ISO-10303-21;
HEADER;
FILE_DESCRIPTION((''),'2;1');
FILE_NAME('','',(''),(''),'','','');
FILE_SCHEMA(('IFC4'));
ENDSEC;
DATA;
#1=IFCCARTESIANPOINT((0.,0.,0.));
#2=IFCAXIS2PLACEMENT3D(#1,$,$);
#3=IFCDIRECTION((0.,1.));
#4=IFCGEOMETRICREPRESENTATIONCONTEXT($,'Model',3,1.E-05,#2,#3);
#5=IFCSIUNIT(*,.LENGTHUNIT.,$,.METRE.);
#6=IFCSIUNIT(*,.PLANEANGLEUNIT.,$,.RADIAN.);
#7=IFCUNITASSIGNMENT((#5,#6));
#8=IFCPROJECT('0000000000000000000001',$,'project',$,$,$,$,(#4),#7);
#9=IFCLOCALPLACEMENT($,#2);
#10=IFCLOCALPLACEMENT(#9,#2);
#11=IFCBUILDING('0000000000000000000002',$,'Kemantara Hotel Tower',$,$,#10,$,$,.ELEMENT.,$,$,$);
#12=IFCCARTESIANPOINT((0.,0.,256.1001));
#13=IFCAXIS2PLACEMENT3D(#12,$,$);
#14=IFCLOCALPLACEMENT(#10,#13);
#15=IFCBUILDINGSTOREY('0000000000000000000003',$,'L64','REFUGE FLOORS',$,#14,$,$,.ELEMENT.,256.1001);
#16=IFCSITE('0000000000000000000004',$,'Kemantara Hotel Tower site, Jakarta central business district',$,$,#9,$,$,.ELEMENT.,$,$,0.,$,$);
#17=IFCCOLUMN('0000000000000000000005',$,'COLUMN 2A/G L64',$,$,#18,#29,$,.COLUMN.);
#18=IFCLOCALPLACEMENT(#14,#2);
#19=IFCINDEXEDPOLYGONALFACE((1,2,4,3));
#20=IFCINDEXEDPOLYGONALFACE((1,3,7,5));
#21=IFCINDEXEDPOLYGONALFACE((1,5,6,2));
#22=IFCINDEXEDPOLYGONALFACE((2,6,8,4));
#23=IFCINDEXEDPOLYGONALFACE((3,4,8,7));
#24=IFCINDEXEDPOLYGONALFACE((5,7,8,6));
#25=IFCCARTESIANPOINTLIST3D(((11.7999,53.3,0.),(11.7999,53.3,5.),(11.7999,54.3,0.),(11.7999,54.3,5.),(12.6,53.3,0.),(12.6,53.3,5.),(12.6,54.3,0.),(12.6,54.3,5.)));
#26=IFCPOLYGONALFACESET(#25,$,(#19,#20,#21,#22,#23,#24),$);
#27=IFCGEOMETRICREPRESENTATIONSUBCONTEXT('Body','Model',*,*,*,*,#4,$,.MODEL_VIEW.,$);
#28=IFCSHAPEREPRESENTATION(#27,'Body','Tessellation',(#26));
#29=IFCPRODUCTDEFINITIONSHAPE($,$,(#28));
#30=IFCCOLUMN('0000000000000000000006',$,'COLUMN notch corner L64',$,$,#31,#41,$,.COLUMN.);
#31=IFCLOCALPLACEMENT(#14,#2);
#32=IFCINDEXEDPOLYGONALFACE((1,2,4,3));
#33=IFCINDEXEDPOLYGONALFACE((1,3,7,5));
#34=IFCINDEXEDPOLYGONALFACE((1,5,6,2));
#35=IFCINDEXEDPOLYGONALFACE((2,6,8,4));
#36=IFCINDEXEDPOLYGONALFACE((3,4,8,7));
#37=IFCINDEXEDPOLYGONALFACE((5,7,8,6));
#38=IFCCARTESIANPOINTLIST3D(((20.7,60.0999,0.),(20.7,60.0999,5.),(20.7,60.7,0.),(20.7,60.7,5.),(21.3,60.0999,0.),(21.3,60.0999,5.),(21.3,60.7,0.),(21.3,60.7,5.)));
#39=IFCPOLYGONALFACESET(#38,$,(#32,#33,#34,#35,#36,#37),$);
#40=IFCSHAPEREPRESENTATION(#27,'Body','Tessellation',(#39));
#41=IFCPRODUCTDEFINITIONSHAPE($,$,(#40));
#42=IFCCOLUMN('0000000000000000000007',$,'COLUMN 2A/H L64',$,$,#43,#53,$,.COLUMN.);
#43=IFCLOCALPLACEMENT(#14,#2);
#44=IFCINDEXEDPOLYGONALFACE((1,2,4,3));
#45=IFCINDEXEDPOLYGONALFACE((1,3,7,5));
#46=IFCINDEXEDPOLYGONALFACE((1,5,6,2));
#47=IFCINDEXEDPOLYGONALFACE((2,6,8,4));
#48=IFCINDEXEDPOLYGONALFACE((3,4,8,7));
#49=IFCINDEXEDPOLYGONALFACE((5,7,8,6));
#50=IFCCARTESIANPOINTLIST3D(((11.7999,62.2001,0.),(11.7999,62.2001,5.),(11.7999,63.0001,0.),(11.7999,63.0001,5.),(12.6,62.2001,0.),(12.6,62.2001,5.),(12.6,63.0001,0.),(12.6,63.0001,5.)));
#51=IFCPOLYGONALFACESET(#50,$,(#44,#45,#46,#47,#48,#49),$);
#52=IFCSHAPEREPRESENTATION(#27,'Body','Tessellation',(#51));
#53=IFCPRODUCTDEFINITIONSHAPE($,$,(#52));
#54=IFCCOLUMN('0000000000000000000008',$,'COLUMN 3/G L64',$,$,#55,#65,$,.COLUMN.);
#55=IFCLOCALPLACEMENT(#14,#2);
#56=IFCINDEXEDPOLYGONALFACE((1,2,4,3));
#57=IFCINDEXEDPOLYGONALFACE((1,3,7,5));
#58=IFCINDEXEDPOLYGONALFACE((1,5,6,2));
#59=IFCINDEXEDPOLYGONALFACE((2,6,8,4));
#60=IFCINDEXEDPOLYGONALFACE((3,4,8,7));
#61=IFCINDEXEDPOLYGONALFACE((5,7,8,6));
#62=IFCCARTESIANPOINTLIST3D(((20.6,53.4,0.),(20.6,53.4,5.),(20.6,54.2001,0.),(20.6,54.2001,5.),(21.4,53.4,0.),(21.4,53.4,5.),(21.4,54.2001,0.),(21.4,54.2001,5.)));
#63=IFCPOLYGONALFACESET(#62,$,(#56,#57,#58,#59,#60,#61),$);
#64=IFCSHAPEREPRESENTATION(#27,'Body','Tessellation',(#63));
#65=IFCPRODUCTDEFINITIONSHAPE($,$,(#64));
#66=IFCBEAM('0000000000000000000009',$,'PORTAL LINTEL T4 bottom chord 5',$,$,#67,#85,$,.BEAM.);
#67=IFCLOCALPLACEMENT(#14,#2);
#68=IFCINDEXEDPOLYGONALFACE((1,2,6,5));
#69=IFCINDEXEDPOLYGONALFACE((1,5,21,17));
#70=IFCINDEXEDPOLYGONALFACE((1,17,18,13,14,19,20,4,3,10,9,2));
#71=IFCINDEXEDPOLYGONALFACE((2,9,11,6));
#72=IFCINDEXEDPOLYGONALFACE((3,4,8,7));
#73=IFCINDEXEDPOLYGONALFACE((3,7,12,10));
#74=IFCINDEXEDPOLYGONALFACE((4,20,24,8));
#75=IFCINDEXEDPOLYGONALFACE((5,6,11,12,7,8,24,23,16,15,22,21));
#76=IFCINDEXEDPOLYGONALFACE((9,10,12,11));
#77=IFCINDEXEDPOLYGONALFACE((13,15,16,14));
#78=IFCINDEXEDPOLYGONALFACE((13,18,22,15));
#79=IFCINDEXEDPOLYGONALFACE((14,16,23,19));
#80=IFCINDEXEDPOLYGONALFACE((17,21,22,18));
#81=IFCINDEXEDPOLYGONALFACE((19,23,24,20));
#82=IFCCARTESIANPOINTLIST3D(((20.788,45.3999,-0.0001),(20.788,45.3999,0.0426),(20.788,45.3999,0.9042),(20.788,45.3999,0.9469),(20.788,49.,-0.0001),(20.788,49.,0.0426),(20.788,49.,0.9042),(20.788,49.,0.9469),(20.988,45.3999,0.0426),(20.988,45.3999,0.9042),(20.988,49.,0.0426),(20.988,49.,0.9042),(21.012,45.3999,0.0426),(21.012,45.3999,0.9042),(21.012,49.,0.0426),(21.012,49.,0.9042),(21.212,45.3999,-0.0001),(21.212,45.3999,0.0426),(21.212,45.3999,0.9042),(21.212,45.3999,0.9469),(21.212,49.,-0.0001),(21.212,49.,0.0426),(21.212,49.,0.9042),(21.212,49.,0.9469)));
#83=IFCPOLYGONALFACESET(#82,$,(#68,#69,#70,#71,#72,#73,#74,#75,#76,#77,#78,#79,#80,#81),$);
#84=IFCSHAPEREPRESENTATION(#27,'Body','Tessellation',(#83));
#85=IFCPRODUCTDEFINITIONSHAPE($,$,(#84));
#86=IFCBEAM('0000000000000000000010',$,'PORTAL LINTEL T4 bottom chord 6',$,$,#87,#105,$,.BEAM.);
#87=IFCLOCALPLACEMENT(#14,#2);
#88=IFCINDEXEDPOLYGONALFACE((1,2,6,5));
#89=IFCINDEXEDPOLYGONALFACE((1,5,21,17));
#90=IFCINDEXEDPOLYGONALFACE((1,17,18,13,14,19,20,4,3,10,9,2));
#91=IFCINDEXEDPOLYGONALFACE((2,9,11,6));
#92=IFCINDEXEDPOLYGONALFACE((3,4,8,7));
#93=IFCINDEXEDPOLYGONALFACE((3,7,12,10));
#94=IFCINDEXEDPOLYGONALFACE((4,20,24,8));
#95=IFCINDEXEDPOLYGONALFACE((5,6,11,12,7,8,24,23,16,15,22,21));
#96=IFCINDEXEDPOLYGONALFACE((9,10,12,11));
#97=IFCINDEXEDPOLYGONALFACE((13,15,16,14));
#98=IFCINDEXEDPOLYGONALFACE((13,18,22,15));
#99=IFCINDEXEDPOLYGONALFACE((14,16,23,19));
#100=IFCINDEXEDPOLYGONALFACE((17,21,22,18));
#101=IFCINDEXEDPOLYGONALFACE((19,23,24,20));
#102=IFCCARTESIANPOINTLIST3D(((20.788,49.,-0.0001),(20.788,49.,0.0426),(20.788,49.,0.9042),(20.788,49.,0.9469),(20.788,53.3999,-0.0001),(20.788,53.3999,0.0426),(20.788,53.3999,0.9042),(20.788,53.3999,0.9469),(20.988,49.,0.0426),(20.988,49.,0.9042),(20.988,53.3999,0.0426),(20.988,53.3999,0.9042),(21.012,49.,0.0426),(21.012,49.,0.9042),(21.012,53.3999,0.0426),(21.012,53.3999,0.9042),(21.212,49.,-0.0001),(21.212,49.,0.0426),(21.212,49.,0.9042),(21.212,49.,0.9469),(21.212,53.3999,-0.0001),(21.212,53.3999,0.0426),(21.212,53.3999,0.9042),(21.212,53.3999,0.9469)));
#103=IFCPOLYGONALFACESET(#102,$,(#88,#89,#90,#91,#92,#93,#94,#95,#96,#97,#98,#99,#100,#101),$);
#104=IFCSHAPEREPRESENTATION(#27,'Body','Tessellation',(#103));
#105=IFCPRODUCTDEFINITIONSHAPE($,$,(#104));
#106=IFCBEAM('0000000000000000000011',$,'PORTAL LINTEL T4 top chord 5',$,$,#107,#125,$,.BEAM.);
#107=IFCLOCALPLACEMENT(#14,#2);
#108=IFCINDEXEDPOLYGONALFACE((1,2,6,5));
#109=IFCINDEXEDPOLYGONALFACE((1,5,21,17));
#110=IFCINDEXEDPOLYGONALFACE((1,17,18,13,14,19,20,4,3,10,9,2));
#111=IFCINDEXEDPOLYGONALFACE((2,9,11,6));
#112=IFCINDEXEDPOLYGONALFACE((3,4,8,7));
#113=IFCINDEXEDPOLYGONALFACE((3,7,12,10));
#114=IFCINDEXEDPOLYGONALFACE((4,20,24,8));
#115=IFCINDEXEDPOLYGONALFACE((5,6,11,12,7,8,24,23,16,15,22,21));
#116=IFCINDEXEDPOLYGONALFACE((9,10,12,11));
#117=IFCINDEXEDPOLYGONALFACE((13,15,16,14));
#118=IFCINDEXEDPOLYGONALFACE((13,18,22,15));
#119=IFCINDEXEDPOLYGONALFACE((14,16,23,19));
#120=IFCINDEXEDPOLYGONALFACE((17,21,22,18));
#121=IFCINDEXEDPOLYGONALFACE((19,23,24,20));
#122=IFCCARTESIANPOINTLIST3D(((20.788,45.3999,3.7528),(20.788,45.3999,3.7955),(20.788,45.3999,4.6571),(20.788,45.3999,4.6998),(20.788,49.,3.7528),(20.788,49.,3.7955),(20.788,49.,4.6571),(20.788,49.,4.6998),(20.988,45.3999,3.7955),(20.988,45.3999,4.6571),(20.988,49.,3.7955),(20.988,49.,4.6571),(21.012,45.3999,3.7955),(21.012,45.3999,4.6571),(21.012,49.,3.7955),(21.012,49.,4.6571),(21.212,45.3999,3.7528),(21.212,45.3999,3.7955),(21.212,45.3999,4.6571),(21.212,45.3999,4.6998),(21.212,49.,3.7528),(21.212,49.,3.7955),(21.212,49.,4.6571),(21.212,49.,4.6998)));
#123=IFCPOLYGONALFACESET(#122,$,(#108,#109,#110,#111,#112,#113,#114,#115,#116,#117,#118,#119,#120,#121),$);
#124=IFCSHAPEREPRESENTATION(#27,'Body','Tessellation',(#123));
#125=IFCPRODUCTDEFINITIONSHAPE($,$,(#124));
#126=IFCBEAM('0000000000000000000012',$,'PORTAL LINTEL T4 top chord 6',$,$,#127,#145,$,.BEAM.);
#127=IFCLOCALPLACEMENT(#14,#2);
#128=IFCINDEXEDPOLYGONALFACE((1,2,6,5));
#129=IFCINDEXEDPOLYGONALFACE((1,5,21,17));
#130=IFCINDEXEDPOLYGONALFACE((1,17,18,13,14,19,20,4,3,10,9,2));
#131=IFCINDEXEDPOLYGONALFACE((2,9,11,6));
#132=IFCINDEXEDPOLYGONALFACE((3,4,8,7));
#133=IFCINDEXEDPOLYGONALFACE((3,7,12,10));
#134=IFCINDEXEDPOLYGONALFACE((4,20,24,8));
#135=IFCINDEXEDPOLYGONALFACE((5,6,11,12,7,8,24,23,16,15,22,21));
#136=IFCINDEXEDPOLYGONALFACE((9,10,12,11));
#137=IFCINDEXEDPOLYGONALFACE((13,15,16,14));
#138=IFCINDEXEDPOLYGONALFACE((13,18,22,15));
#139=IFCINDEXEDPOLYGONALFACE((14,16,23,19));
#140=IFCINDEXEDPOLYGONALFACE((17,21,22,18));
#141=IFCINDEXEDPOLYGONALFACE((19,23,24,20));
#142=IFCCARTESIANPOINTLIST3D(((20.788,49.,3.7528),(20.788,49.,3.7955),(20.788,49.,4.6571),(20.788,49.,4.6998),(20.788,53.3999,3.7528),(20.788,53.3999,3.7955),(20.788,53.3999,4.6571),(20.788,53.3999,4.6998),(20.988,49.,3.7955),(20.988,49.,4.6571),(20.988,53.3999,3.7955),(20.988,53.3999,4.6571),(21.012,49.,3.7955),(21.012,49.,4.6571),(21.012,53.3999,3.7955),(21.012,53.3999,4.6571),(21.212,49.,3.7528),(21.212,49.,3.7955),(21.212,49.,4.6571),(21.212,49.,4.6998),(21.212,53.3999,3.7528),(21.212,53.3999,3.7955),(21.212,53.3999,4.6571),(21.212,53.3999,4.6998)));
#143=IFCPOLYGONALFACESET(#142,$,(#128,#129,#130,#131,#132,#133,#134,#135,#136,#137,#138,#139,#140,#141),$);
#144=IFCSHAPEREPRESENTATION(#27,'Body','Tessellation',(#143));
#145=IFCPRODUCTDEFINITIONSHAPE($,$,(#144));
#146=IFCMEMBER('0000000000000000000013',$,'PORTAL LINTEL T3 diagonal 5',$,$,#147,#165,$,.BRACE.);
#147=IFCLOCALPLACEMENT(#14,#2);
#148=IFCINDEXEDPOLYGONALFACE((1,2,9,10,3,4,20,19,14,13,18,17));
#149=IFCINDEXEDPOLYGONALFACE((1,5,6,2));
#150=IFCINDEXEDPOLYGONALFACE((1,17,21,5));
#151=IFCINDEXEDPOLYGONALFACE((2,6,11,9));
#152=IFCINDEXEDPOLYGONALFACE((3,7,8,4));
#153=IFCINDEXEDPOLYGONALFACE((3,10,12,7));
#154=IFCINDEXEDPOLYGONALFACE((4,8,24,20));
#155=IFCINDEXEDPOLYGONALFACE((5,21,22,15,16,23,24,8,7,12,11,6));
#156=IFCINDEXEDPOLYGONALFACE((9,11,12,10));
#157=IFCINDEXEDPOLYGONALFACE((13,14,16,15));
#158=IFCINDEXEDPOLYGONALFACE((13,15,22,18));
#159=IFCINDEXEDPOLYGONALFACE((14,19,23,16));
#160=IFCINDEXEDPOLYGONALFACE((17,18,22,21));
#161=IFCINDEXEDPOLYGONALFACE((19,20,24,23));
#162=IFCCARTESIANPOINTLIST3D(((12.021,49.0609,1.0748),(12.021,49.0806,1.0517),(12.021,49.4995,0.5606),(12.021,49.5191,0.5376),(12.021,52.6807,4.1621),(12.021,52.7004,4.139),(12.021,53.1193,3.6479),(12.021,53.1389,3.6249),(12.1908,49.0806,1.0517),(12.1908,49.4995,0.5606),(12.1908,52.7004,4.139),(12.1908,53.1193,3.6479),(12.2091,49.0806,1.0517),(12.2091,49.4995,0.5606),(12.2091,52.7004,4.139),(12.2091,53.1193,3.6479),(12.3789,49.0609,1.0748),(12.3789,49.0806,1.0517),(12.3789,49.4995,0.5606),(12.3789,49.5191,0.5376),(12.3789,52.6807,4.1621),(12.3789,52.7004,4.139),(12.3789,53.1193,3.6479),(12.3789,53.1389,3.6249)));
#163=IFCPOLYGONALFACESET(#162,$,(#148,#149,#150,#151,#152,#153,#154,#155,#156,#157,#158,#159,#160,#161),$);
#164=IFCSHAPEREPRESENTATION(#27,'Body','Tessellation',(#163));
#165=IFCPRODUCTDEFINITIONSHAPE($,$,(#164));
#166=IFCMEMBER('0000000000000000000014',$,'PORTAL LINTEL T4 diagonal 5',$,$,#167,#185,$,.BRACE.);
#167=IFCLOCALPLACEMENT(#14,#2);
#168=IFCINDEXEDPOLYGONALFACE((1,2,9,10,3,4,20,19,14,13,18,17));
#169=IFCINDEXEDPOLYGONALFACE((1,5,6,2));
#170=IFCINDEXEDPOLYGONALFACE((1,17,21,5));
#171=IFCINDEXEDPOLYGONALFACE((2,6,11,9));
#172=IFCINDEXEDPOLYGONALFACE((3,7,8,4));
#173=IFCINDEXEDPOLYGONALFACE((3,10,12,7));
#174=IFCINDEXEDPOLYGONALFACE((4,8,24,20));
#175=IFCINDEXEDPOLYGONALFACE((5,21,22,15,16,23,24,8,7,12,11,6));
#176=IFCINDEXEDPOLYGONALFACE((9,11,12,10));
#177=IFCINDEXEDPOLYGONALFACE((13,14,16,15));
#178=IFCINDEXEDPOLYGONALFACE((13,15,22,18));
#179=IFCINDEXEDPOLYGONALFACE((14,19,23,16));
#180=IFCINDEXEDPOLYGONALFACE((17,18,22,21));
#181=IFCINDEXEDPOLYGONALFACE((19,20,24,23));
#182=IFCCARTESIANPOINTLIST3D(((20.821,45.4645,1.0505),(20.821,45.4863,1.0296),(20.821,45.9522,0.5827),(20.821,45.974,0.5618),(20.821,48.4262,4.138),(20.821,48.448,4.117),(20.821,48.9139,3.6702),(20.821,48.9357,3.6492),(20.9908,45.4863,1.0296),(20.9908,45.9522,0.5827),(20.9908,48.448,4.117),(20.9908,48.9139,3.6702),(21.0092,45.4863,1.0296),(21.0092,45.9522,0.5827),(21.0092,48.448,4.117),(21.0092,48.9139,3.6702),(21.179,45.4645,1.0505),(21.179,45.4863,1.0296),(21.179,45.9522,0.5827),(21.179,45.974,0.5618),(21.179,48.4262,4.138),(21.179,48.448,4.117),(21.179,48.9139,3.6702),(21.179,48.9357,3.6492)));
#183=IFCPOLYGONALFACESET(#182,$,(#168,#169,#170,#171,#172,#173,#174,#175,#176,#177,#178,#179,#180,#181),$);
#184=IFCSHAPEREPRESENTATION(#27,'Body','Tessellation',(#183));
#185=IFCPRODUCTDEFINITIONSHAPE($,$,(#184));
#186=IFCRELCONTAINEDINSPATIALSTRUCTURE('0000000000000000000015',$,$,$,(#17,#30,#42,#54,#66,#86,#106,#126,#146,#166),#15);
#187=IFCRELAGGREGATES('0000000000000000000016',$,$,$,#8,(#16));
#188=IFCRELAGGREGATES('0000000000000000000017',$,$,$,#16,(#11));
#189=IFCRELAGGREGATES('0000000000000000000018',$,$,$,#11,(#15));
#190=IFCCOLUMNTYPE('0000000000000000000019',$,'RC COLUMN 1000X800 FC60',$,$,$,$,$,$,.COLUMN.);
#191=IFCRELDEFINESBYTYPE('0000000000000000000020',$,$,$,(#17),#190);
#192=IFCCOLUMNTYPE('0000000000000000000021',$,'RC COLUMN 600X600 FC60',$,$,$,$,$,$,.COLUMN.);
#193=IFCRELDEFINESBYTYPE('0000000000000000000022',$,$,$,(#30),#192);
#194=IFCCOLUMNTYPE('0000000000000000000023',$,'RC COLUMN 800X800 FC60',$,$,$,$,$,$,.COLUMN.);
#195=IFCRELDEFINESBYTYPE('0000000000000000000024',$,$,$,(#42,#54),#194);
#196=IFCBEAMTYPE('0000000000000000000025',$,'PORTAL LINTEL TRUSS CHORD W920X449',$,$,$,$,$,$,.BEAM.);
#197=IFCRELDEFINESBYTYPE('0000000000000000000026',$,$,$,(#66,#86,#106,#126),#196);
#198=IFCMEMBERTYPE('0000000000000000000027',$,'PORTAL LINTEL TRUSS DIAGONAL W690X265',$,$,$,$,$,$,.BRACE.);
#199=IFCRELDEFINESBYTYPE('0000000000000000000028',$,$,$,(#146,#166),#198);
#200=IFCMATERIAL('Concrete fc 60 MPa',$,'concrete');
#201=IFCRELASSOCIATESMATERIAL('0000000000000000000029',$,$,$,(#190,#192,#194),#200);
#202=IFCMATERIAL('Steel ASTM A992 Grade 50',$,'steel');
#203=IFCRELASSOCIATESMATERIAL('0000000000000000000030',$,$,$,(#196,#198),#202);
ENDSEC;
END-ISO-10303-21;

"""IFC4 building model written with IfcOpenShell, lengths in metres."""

from ifc_helpers import new_model, si_unit, direction, frame, origin, origin_2d, place, context, subcontext, project, spatial, rectangle, i_section, extrude, material, material_profile, profile_set, type_object, element, save


model = new_model("IFC4")

# Units and contexts
model_context = context("Model", 3, precision=1e-05, world=origin(), true_north=direction((0.0, 1.0)))
body_context = subcontext(model_context, "Body", "Model", "MODEL_VIEW")
ifc_project = project(units=[si_unit("LENGTHUNIT", "METRE"), si_unit("PLANEANGLEUNIT", "RADIAN")], contexts=[model_context])

# Site, building, storey
site_placement = place(None, origin())
site = spatial("IfcSite", under=ifc_project, at=site_placement, Name="Kemantara Hotel Tower site, Jakarta central business district", CompositionType="ELEMENT", RefElevation=0.0)
building_placement = place(site_placement, origin())
building = spatial("IfcBuilding", under=site, at=building_placement, Name="Kemantara Hotel Tower", CompositionType="ELEMENT")
storey_placement = place(building_placement, frame((0.0, 0.0, 256.1001)))
storey = spatial("IfcBuildingStorey", under=building, at=storey_placement, Name="L64", Description="REFUGE FLOORS", CompositionType="ELEMENT", Elevation=256.1001)

# Columns
ifc_material_1 = material(Name="Concrete fc 60 MPa", Category="concrete")
ifc_material_profile_1 = material_profile(ifc_material_1, rectangle(XDim=1.0, YDim=0.8, at=origin_2d()), Name="RC 1000X800")
ifc_profile_set_1 = profile_set([ifc_material_profile_1], Name="Concrete fc 60 MPa")
column_type_1 = type_object("IfcColumnType", Name="RC COLUMN 1000X800 FC60", PredefinedType="COLUMN", material=ifc_profile_set_1)
column_1_placement = place(storey_placement, frame((12.2, 53.8, 0.0), z_axis=(0.0, 0.0, 1.0), x_axis=(0.0, 1.0, 0.0)))
element("IfcColumn", 1, at=column_1_placement, inside=storey, type_object=column_type_1, Name="COLUMN 2A/G L64", PredefinedType="COLUMN", context=body_context, shape_type="SweptSolid", body=[
    extrude(rectangle(XDim=1.0, YDim=0.8, at=origin_2d()), origin(), (0.0, 0.0, 1.0), 5.0),
])
ifc_material_profile_2 = material_profile(ifc_material_1, rectangle(XDim=0.6001, YDim=0.6001, at=origin_2d()), Name="RC 600X600")
ifc_profile_set_2 = profile_set([ifc_material_profile_2], Name="Concrete fc 60 MPa")
column_type_2 = type_object("IfcColumnType", Name="RC COLUMN 600X600 FC60", PredefinedType="COLUMN", material=ifc_profile_set_2)
column_2_placement = place(storey_placement, frame((21.0, 60.3999, 0.0), z_axis=(0.0, 0.0, 1.0), x_axis=(1.0, 0.0, 0.0)))
element("IfcColumn", 2, at=column_2_placement, inside=storey, type_object=column_type_2, Name="COLUMN notch corner L64", PredefinedType="COLUMN", context=body_context, shape_type="SweptSolid", body=[
    extrude(rectangle(XDim=0.6001, YDim=0.6001, at=origin_2d()), origin(), (0.0, 0.0, 1.0), 5.0),
])
ifc_material_profile_3 = material_profile(ifc_material_1, rectangle(XDim=0.8, YDim=0.8, at=origin_2d()), Name="RC 800X800")
ifc_profile_set_3 = profile_set([ifc_material_profile_3], Name="Concrete fc 60 MPa")
column_type_3 = type_object("IfcColumnType", Name="RC COLUMN 800X800 FC60", PredefinedType="COLUMN", material=ifc_profile_set_3)
for number, where, z_axis, x_axis, name in (
    (3, (12.2, 62.6001, 0.0), (0.0, 0.0, 1.0), (1.0, 0.0, 0.0), "COLUMN 2A/H L64"),
    (4, (21.0, 53.8, 0.0), (0.0, 0.0, 1.0), (1.0, 0.0, 0.0), "COLUMN 3/G L64"),
):
    element("IfcColumn", number, at=place(storey_placement, frame(where, z_axis=z_axis, x_axis=x_axis)), inside=storey, type_object=column_type_3, Name=name, PredefinedType="COLUMN", context=body_context, shape_type="SweptSolid", body=[
        extrude(rectangle(XDim=0.8, YDim=0.8, at=origin_2d()), origin(), (0.0, 0.0, 1.0), 5.0),
    ])

# Beams
ifc_material_2 = material(Name="Steel ASTM A992 Grade 50", Category="steel")
ifc_material_profile_4 = material_profile(ifc_material_2, i_section(OverallWidth=0.4241, OverallDepth=0.947, WebThickness=0.0239, FlangeThickness=0.0427, at=origin_2d()), Name="W920X449")
ifc_profile_set_4 = profile_set([ifc_material_profile_4], Name="Steel ASTM A992 Grade 50")
beam_type = type_object("IfcBeamType", Name="PORTAL LINTEL TRUSS CHORD W920X449", PredefinedType="BEAM", material=ifc_profile_set_4)
beam_1_placement = place(storey_placement, frame((21.0, 45.3999, 0.4734), z_axis=(0.0, 1.0, 0.0), x_axis=(-1.0, 0.0, 0.0)))
element("IfcBeam", 5, at=beam_1_placement, inside=storey, type_object=beam_type, Name="PORTAL LINTEL T4 bottom chord 5", PredefinedType="BEAM", context=body_context, shape_type="SweptSolid", body=[
    extrude(i_section(OverallWidth=0.4241, OverallDepth=0.947, WebThickness=0.0239, FlangeThickness=0.0427, at=origin_2d()), origin(), (0.0, 0.0, 1.0), 3.6001),
])
beam_2_placement = place(storey_placement, frame((21.0, 49.0, 0.4734), z_axis=(0.0, 1.0, 0.0), x_axis=(-1.0, 0.0, 0.0)))
element("IfcBeam", 6, at=beam_2_placement, inside=storey, type_object=beam_type, Name="PORTAL LINTEL T4 bottom chord 6", PredefinedType="BEAM", context=body_context, shape_type="SweptSolid", body=[
    extrude(i_section(OverallWidth=0.4241, OverallDepth=0.947, WebThickness=0.0239, FlangeThickness=0.0427, at=origin_2d()), origin(), (0.0, 0.0, 1.0), 4.3999),
])
beam_3_placement = place(storey_placement, frame((21.0, 45.3999, 4.2263), z_axis=(0.0, 1.0, 0.0), x_axis=(-1.0, 0.0, 0.0)))
element("IfcBeam", 7, at=beam_3_placement, inside=storey, type_object=beam_type, Name="PORTAL LINTEL T4 top chord 5", PredefinedType="BEAM", context=body_context, shape_type="SweptSolid", body=[
    extrude(i_section(OverallWidth=0.4241, OverallDepth=0.947, WebThickness=0.0239, FlangeThickness=0.0427, at=origin_2d()), origin(), (0.0, 0.0, 1.0), 3.6001),
])
beam_4_placement = place(storey_placement, frame((21.0, 49.0, 4.2263), z_axis=(0.0, 1.0, 0.0), x_axis=(-1.0, 0.0, 0.0)))
element("IfcBeam", 8, at=beam_4_placement, inside=storey, type_object=beam_type, Name="PORTAL LINTEL T4 top chord 6", PredefinedType="BEAM", context=body_context, shape_type="SweptSolid", body=[
    extrude(i_section(OverallWidth=0.4241, OverallDepth=0.947, WebThickness=0.0239, FlangeThickness=0.0427, at=origin_2d()), origin(), (0.0, 0.0, 1.0), 4.3999),
])

# Members
ifc_material_profile_5 = material_profile(ifc_material_2, i_section(OverallWidth=0.3579, OverallDepth=0.7061, WebThickness=0.0183, FlangeThickness=0.0303, at=origin_2d()), Name="W690X265")
ifc_profile_set_5 = profile_set([ifc_material_profile_5], Name="Steel ASTM A992 Grade 50")
member_type_1 = type_object("IfcMemberType", Name="PORTAL LINTEL TRUSS DIAGONAL W690X265", PredefinedType="BRACE", material=ifc_profile_set_5)
member_1_placement = place(storey_placement, frame((12.2, 49.29, 0.8062), z_axis=(0.0, 0.760848, 0.64893), x_axis=(-1.0, 0.0, 0.0)))
element("IfcMember", 9, at=member_1_placement, inside=storey, type_object=member_type_1, Name="PORTAL LINTEL T3 diagonal 5", PredefinedType="BRACE", context=body_context, shape_type="SweptSolid", body=[
    extrude(i_section(OverallWidth=0.3579, OverallDepth=0.7061, WebThickness=0.0183, FlangeThickness=0.0303, at=origin_2d()), origin(), (0.0, 0.0, 1.0), 4.7576),
])
member_2_placement = place(storey_placement, frame((21.0, 45.7192, 0.8062), z_axis=(0.0, 0.69226, 0.721648), x_axis=(-1.0, 0.0, 0.0)))
element("IfcMember", 10, at=member_2_placement, inside=storey, type_object=member_type_1, Name="PORTAL LINTEL T4 diagonal 5", PredefinedType="BRACE", context=body_context, shape_type="SweptSolid", body=[
    extrude(i_section(OverallWidth=0.3579, OverallDepth=0.7061, WebThickness=0.0183, FlangeThickness=0.0303, at=origin_2d()), origin(), (0.0, 0.0, 1.0), 4.2783),
])

save(model, "model.ifc")
